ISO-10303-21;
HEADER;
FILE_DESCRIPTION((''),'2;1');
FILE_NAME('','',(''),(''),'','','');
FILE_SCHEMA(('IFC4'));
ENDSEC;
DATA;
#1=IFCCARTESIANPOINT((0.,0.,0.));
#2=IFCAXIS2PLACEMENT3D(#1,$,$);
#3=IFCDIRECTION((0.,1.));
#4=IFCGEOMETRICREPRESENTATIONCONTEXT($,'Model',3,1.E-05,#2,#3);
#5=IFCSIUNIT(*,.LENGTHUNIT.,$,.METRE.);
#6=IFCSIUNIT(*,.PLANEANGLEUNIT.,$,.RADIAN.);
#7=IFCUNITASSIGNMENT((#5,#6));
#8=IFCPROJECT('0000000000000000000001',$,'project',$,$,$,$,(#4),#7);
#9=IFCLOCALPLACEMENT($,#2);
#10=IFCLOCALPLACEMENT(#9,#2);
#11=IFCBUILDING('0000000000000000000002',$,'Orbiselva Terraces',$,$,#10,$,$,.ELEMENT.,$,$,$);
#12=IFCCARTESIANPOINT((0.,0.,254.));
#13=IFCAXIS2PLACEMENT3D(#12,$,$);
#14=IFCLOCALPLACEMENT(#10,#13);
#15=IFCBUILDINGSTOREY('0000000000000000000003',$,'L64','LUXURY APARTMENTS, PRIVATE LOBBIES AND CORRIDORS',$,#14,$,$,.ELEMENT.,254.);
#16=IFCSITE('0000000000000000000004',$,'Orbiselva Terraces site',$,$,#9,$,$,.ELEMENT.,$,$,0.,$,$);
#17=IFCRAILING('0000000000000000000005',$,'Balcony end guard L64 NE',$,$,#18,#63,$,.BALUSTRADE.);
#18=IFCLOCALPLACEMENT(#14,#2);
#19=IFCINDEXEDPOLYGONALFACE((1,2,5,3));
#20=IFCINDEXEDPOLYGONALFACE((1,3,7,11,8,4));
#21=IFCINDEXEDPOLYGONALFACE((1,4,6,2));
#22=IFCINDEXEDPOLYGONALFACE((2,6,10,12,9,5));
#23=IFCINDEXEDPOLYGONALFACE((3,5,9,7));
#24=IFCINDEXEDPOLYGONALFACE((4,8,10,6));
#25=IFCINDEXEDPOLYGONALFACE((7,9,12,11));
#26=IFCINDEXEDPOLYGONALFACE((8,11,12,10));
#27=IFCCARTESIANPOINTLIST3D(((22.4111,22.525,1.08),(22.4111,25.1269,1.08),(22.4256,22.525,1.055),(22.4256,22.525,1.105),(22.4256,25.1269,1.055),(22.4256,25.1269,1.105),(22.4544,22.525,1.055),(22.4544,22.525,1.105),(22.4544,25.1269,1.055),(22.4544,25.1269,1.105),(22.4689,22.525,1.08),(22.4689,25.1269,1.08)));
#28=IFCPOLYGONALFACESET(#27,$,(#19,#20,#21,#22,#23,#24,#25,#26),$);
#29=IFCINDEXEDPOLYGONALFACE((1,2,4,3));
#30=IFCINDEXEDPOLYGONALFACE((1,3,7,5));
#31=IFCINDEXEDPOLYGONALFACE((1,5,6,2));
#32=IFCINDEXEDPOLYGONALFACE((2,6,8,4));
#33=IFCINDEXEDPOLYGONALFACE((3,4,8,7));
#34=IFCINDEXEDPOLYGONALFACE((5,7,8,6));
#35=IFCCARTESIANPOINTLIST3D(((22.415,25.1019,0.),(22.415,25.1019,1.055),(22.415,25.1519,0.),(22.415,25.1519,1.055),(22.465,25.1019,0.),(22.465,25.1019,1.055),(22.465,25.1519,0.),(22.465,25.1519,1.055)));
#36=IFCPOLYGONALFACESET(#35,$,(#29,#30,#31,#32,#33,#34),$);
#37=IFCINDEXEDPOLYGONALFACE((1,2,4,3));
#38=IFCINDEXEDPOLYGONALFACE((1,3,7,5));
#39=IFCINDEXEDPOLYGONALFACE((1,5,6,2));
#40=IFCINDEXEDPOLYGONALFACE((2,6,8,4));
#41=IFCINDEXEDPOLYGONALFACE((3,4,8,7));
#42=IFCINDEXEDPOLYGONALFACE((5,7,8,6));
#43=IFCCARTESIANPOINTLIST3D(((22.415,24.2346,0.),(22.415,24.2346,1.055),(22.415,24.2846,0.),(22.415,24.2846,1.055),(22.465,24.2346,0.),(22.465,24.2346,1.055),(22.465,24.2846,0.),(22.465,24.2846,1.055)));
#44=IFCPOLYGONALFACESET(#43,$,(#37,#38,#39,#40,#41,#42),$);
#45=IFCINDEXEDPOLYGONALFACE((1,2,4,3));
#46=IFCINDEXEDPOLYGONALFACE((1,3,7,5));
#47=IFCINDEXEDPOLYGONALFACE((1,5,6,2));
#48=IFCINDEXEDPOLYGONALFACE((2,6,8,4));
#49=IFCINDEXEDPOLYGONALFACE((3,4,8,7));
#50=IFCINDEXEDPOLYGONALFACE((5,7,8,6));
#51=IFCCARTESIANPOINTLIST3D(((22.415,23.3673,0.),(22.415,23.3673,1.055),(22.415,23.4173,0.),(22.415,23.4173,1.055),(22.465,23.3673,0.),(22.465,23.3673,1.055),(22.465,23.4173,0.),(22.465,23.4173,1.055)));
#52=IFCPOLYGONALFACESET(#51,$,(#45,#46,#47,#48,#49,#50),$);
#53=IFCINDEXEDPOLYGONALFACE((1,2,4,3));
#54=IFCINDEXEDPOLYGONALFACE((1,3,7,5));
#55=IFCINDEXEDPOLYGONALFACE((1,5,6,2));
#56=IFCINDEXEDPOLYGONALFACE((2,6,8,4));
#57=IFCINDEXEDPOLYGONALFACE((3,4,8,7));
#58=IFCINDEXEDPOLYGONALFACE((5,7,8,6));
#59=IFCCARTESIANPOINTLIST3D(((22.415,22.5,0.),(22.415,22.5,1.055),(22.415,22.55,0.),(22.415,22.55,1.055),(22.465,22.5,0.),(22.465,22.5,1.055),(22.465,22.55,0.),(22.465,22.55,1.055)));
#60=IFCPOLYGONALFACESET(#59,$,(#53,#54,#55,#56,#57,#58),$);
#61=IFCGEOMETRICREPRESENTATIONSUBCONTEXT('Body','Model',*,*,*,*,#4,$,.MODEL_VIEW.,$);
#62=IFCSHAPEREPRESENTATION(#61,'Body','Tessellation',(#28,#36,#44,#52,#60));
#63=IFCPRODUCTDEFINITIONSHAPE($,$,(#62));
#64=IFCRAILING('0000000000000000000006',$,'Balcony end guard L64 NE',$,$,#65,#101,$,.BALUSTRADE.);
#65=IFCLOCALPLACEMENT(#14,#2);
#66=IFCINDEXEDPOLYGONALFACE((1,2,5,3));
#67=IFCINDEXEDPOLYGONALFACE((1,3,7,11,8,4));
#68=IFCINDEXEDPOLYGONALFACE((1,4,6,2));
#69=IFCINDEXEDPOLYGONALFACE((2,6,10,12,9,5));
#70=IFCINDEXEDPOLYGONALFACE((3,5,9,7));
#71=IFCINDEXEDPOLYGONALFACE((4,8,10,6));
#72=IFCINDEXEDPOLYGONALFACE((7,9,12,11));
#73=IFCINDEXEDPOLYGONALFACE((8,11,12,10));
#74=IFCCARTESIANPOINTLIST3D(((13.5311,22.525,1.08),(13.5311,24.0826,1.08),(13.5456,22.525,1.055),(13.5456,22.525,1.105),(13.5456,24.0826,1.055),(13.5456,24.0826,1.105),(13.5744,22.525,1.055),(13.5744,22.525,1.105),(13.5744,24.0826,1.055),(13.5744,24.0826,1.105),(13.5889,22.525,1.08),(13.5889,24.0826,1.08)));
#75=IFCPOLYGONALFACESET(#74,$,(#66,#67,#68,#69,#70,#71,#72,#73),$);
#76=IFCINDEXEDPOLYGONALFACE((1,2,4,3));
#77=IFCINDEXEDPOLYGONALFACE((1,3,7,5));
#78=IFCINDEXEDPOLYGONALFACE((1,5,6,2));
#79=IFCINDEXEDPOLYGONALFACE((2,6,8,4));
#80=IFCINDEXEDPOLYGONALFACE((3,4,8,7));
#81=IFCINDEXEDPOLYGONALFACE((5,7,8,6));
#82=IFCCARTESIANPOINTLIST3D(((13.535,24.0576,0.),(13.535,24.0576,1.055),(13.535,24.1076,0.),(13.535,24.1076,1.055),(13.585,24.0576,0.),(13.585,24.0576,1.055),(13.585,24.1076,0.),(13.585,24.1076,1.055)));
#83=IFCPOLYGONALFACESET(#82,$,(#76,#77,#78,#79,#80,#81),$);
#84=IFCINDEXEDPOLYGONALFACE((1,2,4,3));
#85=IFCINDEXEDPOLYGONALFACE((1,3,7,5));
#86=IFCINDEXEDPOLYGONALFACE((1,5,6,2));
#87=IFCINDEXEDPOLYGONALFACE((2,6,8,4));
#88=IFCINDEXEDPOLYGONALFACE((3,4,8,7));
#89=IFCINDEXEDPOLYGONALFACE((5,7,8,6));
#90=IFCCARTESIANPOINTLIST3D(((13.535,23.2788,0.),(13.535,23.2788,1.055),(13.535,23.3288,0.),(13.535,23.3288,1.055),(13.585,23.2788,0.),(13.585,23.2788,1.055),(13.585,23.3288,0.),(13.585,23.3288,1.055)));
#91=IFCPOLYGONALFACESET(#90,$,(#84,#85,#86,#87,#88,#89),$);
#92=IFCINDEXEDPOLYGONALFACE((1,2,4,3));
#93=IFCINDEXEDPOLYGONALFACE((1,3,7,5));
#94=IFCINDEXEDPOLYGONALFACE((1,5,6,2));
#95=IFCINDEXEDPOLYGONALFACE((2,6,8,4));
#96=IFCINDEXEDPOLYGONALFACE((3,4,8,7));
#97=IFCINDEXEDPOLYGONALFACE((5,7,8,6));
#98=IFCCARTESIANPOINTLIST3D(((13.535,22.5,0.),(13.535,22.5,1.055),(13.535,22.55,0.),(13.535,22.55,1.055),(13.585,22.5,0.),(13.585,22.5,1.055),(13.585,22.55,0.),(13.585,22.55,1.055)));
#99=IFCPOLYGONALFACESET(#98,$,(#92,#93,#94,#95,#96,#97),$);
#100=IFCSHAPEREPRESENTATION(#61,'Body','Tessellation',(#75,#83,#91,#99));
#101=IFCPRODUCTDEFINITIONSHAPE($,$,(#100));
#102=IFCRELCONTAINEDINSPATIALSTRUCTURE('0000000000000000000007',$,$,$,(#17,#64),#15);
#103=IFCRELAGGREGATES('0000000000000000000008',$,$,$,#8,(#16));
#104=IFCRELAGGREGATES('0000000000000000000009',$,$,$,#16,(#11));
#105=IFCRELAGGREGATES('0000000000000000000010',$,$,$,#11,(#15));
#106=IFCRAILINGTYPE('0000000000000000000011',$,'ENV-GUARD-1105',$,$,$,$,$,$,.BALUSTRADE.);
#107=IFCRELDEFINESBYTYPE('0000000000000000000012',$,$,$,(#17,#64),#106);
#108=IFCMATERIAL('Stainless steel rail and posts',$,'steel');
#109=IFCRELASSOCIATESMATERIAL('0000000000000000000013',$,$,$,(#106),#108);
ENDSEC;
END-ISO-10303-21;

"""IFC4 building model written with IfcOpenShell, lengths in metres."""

from ifc_helpers import new_model, si_unit, direction, frame, origin, origin_2d, place, context, subcontext, project, spatial, polyline, rectangle, outline, extrude, material, type_object, element, save


model = new_model("IFC4")

# Units and contexts
model_context = context("Model", 3, precision=1e-05, world=origin(), true_north=direction((0.0, 1.0)))
body_context = subcontext(model_context, "Body", "Model", "MODEL_VIEW")
ifc_project = project(units=[si_unit("LENGTHUNIT", "METRE"), si_unit("PLANEANGLEUNIT", "RADIAN")], contexts=[model_context])

# Site, building, storey
site_placement = place(None, origin())
site = spatial("IfcSite", under=ifc_project, at=site_placement, Name="Orbiselva Terraces site", CompositionType="ELEMENT", RefElevation=0.0)
building_placement = place(site_placement, origin())
building = spatial("IfcBuilding", under=site, at=building_placement, Name="Orbiselva Terraces", CompositionType="ELEMENT")
storey_placement = place(building_placement, frame((0.0, 0.0, 254.0)))
storey = spatial("IfcBuildingStorey", under=building, at=storey_placement, Name="L64", Description="LUXURY APARTMENTS, PRIVATE LOBBIES AND CORRIDORS", CompositionType="ELEMENT", Elevation=254.0)

# Railings
ifc_material_1 = material(Name="Stainless steel rail and posts", Category="steel")
railing_type_1 = type_object("IfcRailingType", Name="ENV-GUARD-1105", PredefinedType="BALUSTRADE", material=ifc_material_1)
railing_1_placement = place(storey_placement, frame((22.44, 25.1269, 0.0)))
element("IfcRailing", 1, at=railing_1_placement, inside=storey, type_object=railing_type_1, Name="Balcony end guard L64 NE", PredefinedType="BALUSTRADE", context=body_context, shape_type="SweptSolid", body=[
    extrude(outline(polyline([(0.0289, 0.0), (0.0144, 0.025), (-0.0144, 0.025), (-0.0289, 0.0), (-0.0144, -0.025), (0.0144, -0.025), (0.0289, 0.0)])), frame((0.0, 0.0, 1.08), z_axis=(0.0, -1.0, 0.0), x_axis=(1.0, 0.0, 0.0)), (0.0, 0.0, 1.0), 2.6019),
    extrude(rectangle(XDim=0.05, YDim=0.05, at=origin_2d()), origin(), (0.0, 0.0, 1.0), 1.055),
    extrude(rectangle(XDim=0.05, YDim=0.05, at=origin_2d()), frame((0.0, -0.8673, 0.0)), (0.0, 0.0, 1.0), 1.055),
    extrude(rectangle(XDim=0.05, YDim=0.05, at=origin_2d()), frame((0.0, -1.7346, 0.0)), (0.0, 0.0, 1.0), 1.055),
    extrude(rectangle(XDim=0.05, YDim=0.05, at=origin_2d()), frame((0.0, -2.6019, 0.0)), (0.0, 0.0, 1.0), 1.055),
])
railing_2_placement = place(storey_placement, frame((13.56, 24.0826, 0.0)))
element("IfcRailing", 2, at=railing_2_placement, inside=storey, type_object=railing_type_1, Name="Balcony end guard L64 NE", PredefinedType="BALUSTRADE", context=body_context, shape_type="SweptSolid", body=[
    extrude(outline(polyline([(0.0289, 0.0), (0.0144, 0.025), (-0.0144, 0.025), (-0.0289, 0.0), (-0.0144, -0.025), (0.0144, -0.025), (0.0289, 0.0)])), frame((0.0, 0.0, 1.08), z_axis=(0.0, -1.0, 0.0), x_axis=(1.0, 0.0, 0.0)), (0.0, 0.0, 1.0), 1.5576),
    extrude(rectangle(XDim=0.05, YDim=0.05, at=origin_2d()), origin(), (0.0, 0.0, 1.0), 1.055),
    extrude(rectangle(XDim=0.05, YDim=0.05, at=origin_2d()), frame((0.0, -0.7788, 0.0)), (0.0, 0.0, 1.0), 1.055),
    extrude(rectangle(XDim=0.05, YDim=0.05, at=origin_2d()), frame((0.0, -1.5576, 0.0)), (0.0, 0.0, 1.0), 1.055),
])

save(model, "model.ifc")
